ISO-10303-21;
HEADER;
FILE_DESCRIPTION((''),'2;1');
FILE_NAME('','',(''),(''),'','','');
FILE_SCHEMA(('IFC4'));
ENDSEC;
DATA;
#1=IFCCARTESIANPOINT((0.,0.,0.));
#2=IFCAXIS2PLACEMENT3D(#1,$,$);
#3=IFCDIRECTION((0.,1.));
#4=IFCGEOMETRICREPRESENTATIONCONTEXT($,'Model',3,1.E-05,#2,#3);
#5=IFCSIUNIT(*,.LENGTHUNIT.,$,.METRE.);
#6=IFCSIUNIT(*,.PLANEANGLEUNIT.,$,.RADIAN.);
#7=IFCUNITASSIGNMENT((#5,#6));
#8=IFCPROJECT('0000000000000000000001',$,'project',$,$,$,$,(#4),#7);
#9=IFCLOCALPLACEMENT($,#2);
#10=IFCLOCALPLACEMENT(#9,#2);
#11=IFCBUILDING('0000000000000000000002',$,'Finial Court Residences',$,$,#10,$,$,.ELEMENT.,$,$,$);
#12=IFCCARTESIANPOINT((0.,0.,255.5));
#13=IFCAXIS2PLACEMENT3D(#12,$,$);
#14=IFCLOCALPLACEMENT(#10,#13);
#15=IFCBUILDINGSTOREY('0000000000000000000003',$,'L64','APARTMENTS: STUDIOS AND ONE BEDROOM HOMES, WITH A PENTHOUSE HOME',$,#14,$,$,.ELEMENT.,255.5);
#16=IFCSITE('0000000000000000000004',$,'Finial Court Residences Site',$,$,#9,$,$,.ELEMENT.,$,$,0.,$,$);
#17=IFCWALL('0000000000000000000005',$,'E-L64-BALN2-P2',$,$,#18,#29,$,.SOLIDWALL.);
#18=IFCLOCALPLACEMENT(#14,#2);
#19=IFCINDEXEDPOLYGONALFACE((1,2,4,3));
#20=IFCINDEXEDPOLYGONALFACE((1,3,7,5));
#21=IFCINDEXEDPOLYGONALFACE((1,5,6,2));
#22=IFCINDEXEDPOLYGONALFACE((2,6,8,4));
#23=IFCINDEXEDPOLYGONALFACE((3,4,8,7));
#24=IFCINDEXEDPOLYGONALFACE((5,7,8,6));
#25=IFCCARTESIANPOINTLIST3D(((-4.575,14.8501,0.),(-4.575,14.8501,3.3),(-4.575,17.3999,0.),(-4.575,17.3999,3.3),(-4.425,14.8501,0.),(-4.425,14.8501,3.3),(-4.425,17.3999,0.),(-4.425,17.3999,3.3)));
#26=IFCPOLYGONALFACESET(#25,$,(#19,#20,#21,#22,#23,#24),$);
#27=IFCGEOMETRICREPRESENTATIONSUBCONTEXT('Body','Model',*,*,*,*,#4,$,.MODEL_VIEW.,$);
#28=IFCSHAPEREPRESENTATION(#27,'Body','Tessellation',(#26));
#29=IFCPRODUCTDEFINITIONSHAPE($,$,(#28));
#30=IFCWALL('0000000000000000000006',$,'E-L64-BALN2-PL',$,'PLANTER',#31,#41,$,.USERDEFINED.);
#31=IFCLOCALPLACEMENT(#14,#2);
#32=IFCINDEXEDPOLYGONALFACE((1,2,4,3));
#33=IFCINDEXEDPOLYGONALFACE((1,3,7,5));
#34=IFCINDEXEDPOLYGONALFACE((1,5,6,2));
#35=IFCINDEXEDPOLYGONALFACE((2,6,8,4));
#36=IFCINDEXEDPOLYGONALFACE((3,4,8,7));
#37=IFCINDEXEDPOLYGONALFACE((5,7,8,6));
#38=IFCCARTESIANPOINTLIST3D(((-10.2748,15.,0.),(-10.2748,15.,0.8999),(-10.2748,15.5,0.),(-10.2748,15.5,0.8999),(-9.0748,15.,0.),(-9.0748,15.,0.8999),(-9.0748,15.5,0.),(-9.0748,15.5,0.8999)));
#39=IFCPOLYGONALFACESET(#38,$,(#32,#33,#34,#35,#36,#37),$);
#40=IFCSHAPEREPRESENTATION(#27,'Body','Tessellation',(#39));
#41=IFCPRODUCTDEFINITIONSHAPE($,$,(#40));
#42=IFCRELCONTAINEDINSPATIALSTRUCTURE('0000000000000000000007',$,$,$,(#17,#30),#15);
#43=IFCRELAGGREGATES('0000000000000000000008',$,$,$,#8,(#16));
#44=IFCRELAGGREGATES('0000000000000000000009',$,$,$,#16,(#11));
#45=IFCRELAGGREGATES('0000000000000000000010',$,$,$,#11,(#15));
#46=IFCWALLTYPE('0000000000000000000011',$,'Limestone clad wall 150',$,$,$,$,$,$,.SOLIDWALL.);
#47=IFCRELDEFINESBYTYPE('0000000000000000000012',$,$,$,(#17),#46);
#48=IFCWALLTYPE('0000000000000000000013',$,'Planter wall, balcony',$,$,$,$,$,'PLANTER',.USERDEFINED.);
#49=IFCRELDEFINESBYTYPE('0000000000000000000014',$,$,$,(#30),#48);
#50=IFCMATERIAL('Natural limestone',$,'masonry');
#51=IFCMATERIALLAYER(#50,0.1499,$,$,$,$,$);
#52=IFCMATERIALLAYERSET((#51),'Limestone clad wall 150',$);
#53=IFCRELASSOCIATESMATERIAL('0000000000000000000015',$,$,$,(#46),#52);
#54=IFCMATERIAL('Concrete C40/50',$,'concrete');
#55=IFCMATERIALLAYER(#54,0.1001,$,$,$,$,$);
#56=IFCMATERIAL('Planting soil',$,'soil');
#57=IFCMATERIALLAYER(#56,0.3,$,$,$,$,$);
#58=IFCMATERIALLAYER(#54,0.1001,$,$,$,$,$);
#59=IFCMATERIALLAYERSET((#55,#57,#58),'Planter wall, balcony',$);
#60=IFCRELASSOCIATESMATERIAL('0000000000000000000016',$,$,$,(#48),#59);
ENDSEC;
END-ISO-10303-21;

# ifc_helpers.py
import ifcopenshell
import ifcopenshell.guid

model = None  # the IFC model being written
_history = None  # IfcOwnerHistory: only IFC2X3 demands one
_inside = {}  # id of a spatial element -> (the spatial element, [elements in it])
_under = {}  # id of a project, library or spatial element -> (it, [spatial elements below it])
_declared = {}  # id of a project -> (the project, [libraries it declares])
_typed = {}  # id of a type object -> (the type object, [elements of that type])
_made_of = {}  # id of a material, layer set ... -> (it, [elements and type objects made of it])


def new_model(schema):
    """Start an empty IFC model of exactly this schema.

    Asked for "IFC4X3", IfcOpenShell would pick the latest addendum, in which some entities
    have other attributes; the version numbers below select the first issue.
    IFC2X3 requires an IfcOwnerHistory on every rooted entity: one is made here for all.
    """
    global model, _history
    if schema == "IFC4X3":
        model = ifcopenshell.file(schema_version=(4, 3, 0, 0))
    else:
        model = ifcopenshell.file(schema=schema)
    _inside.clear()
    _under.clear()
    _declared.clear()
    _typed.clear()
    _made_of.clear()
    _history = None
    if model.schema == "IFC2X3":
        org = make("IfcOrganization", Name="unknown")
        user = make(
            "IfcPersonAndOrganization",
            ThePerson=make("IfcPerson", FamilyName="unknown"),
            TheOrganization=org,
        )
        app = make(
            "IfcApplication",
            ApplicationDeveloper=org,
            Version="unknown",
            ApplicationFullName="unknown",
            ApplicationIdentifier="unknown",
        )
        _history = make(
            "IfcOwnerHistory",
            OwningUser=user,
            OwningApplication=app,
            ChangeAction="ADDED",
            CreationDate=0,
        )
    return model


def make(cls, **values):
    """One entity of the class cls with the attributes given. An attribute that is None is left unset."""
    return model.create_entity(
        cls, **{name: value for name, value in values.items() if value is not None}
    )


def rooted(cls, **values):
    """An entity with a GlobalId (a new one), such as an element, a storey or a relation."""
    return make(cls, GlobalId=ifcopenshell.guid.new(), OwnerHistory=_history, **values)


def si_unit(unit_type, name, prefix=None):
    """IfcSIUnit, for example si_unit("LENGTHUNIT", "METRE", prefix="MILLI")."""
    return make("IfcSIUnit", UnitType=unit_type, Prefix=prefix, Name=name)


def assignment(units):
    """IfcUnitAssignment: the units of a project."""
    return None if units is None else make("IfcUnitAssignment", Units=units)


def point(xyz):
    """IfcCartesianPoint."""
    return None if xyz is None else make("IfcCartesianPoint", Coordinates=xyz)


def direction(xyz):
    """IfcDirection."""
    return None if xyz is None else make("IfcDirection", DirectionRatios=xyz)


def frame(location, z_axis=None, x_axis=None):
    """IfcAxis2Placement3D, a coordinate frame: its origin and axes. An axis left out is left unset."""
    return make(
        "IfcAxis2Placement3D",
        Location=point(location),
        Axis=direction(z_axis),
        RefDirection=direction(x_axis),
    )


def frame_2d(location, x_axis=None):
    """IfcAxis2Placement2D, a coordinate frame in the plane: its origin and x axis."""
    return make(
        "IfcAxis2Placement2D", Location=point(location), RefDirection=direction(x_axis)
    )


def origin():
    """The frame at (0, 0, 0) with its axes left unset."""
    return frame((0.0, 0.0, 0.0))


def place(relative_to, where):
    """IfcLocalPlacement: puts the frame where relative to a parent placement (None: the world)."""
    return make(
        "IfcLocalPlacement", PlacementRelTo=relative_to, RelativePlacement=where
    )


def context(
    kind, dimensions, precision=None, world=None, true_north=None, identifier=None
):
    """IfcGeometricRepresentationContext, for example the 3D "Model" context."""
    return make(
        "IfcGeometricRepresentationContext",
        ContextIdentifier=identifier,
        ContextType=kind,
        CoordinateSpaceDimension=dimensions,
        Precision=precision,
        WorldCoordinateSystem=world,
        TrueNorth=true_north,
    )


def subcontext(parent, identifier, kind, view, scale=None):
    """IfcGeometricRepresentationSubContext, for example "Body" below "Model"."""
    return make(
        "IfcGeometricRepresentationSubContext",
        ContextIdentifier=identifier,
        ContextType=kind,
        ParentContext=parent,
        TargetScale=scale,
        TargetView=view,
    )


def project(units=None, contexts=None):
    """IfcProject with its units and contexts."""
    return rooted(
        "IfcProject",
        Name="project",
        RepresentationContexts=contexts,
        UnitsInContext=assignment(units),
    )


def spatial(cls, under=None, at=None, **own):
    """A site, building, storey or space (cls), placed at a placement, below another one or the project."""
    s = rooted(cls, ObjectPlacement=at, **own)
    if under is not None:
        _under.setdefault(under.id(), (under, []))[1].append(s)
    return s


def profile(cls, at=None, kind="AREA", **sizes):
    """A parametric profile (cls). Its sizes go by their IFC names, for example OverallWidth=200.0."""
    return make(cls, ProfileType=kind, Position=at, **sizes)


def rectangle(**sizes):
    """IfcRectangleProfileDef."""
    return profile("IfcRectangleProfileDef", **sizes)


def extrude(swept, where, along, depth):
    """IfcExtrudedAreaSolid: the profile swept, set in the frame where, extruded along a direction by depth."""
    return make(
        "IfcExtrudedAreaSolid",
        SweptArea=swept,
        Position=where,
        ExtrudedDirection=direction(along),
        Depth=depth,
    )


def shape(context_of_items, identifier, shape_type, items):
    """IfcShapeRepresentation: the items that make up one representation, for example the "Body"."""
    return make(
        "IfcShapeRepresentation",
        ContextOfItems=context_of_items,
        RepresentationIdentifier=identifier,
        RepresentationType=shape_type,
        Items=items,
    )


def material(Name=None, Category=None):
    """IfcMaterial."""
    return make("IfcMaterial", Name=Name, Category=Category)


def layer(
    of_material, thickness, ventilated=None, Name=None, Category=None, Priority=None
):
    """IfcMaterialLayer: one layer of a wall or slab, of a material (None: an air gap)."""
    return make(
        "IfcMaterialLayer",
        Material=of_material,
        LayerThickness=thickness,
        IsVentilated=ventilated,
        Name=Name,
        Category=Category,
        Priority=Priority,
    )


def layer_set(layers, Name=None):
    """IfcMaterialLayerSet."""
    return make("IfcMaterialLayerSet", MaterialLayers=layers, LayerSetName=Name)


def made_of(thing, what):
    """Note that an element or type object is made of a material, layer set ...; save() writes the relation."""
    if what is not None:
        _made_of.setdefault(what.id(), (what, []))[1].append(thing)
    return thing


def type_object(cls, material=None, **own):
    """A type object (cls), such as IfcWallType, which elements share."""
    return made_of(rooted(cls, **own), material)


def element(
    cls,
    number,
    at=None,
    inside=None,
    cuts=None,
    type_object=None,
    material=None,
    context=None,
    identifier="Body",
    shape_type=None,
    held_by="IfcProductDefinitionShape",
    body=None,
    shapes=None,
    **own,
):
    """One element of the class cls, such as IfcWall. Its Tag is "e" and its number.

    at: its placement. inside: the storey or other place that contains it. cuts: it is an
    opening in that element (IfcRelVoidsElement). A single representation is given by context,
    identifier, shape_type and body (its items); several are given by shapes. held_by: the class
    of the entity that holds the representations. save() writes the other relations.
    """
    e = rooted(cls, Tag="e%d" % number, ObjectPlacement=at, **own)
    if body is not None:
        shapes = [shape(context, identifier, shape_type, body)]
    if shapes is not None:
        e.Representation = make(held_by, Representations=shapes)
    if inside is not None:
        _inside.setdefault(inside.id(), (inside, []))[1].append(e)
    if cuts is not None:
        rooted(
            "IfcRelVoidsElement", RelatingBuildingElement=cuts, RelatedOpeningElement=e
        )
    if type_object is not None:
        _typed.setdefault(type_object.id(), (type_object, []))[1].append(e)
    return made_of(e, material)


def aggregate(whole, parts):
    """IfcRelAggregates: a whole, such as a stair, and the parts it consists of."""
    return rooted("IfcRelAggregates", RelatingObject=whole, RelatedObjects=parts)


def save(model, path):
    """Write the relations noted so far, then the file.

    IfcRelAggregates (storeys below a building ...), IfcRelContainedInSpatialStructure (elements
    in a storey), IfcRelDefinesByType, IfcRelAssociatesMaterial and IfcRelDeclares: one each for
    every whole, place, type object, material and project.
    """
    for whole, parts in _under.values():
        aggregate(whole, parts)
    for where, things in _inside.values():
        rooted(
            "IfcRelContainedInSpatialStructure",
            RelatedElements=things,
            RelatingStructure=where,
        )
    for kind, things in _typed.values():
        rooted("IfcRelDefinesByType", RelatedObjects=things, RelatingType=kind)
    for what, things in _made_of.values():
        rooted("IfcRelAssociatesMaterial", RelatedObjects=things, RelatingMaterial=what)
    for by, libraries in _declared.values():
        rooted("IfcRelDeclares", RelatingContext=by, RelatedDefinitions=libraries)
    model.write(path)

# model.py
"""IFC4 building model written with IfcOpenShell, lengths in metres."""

from ifc_helpers import new_model, si_unit, direction, frame, frame_2d, origin, place, context, subcontext, project, spatial, rectangle, extrude, material, layer, layer_set, type_object, element, save


model = new_model("IFC4")

# Units and contexts
model_context = context("Model", 3, precision=1e-05, world=origin(), true_north=direction((0.0, 1.0)))
body_context = subcontext(model_context, "Body", "Model", "MODEL_VIEW")
ifc_project = project(units=[si_unit("LENGTHUNIT", "METRE"), si_unit("PLANEANGLEUNIT", "RADIAN")], contexts=[model_context])

# Site, building, storey
site_placement = place(None, origin())
site = spatial("IfcSite", under=ifc_project, at=site_placement, Name="Finial Court Residences Site", CompositionType="ELEMENT", RefElevation=0.0)
building_placement = place(site_placement, origin())
building = spatial("IfcBuilding", under=site, at=building_placement, Name="Finial Court Residences", CompositionType="ELEMENT")
storey_placement = place(building_placement, frame((0.0, 0.0, 255.5)))
storey = spatial("IfcBuildingStorey", under=building, at=storey_placement, Name="L64", Description="APARTMENTS: STUDIOS AND ONE BEDROOM HOMES, WITH A PENTHOUSE HOME", CompositionType="ELEMENT", Elevation=255.5)

# Wall
ifc_material_1 = material(Name="Natural limestone", Category="masonry")
ifc_layer_1 = layer(ifc_material_1, 0.1499)
ifc_layer_set_1 = layer_set([ifc_layer_1], Name="Limestone clad wall 150")
wall_type_1 = type_object("IfcWallType", Name="Limestone clad wall 150", PredefinedType="SOLIDWALL", material=ifc_layer_set_1)
wall_1_placement = place(storey_placement, frame((-4.5, 14.8501, 0.0), z_axis=(0.0, 0.0, 1.0), x_axis=(0.0, 1.0, 0.0)))
element("IfcWall", 1, at=wall_1_placement, inside=storey, type_object=wall_type_1, Name="E-L64-BALN2-P2", PredefinedType="SOLIDWALL", context=body_context, shape_type="SweptSolid", body=[
    extrude(rectangle(XDim=2.5498, YDim=0.1499, at=frame_2d((1.2749, 0.0))), origin(), (0.0, 0.0, 1.0), 3.3),
])

# Wall
ifc_material_2 = material(Name="Concrete C40/50", Category="concrete")
ifc_layer_2 = layer(ifc_material_2, 0.1001)
ifc_material_3 = material(Name="Planting soil", Category="soil")
ifc_layer_3 = layer(ifc_material_3, 0.3)
ifc_layer_4 = layer(ifc_material_2, 0.1001)
ifc_layer_set_2 = layer_set([ifc_layer_2, ifc_layer_3, ifc_layer_4], Name="Planter wall, balcony")
wall_type_2 = type_object("IfcWallType", Name="Planter wall, balcony", ElementType="PLANTER", PredefinedType="USERDEFINED", material=ifc_layer_set_2)
wall_2_placement = place(storey_placement, frame((-10.2749, 15.25, 0.0), z_axis=(0.0, 0.0, 1.0), x_axis=(1.0, 0.0, 0.0)))
element("IfcWall", 2, at=wall_2_placement, inside=storey, type_object=wall_type_2, Name="E-L64-BALN2-PL", ObjectType="PLANTER", PredefinedType="USERDEFINED", context=body_context, shape_type="SweptSolid", body=[
    extrude(rectangle(XDim=1.2, YDim=0.5, at=frame_2d((0.6001, 0.0))), origin(), (0.0, 0.0, 1.0), 0.8999),
])

save(model, "model.ifc")
